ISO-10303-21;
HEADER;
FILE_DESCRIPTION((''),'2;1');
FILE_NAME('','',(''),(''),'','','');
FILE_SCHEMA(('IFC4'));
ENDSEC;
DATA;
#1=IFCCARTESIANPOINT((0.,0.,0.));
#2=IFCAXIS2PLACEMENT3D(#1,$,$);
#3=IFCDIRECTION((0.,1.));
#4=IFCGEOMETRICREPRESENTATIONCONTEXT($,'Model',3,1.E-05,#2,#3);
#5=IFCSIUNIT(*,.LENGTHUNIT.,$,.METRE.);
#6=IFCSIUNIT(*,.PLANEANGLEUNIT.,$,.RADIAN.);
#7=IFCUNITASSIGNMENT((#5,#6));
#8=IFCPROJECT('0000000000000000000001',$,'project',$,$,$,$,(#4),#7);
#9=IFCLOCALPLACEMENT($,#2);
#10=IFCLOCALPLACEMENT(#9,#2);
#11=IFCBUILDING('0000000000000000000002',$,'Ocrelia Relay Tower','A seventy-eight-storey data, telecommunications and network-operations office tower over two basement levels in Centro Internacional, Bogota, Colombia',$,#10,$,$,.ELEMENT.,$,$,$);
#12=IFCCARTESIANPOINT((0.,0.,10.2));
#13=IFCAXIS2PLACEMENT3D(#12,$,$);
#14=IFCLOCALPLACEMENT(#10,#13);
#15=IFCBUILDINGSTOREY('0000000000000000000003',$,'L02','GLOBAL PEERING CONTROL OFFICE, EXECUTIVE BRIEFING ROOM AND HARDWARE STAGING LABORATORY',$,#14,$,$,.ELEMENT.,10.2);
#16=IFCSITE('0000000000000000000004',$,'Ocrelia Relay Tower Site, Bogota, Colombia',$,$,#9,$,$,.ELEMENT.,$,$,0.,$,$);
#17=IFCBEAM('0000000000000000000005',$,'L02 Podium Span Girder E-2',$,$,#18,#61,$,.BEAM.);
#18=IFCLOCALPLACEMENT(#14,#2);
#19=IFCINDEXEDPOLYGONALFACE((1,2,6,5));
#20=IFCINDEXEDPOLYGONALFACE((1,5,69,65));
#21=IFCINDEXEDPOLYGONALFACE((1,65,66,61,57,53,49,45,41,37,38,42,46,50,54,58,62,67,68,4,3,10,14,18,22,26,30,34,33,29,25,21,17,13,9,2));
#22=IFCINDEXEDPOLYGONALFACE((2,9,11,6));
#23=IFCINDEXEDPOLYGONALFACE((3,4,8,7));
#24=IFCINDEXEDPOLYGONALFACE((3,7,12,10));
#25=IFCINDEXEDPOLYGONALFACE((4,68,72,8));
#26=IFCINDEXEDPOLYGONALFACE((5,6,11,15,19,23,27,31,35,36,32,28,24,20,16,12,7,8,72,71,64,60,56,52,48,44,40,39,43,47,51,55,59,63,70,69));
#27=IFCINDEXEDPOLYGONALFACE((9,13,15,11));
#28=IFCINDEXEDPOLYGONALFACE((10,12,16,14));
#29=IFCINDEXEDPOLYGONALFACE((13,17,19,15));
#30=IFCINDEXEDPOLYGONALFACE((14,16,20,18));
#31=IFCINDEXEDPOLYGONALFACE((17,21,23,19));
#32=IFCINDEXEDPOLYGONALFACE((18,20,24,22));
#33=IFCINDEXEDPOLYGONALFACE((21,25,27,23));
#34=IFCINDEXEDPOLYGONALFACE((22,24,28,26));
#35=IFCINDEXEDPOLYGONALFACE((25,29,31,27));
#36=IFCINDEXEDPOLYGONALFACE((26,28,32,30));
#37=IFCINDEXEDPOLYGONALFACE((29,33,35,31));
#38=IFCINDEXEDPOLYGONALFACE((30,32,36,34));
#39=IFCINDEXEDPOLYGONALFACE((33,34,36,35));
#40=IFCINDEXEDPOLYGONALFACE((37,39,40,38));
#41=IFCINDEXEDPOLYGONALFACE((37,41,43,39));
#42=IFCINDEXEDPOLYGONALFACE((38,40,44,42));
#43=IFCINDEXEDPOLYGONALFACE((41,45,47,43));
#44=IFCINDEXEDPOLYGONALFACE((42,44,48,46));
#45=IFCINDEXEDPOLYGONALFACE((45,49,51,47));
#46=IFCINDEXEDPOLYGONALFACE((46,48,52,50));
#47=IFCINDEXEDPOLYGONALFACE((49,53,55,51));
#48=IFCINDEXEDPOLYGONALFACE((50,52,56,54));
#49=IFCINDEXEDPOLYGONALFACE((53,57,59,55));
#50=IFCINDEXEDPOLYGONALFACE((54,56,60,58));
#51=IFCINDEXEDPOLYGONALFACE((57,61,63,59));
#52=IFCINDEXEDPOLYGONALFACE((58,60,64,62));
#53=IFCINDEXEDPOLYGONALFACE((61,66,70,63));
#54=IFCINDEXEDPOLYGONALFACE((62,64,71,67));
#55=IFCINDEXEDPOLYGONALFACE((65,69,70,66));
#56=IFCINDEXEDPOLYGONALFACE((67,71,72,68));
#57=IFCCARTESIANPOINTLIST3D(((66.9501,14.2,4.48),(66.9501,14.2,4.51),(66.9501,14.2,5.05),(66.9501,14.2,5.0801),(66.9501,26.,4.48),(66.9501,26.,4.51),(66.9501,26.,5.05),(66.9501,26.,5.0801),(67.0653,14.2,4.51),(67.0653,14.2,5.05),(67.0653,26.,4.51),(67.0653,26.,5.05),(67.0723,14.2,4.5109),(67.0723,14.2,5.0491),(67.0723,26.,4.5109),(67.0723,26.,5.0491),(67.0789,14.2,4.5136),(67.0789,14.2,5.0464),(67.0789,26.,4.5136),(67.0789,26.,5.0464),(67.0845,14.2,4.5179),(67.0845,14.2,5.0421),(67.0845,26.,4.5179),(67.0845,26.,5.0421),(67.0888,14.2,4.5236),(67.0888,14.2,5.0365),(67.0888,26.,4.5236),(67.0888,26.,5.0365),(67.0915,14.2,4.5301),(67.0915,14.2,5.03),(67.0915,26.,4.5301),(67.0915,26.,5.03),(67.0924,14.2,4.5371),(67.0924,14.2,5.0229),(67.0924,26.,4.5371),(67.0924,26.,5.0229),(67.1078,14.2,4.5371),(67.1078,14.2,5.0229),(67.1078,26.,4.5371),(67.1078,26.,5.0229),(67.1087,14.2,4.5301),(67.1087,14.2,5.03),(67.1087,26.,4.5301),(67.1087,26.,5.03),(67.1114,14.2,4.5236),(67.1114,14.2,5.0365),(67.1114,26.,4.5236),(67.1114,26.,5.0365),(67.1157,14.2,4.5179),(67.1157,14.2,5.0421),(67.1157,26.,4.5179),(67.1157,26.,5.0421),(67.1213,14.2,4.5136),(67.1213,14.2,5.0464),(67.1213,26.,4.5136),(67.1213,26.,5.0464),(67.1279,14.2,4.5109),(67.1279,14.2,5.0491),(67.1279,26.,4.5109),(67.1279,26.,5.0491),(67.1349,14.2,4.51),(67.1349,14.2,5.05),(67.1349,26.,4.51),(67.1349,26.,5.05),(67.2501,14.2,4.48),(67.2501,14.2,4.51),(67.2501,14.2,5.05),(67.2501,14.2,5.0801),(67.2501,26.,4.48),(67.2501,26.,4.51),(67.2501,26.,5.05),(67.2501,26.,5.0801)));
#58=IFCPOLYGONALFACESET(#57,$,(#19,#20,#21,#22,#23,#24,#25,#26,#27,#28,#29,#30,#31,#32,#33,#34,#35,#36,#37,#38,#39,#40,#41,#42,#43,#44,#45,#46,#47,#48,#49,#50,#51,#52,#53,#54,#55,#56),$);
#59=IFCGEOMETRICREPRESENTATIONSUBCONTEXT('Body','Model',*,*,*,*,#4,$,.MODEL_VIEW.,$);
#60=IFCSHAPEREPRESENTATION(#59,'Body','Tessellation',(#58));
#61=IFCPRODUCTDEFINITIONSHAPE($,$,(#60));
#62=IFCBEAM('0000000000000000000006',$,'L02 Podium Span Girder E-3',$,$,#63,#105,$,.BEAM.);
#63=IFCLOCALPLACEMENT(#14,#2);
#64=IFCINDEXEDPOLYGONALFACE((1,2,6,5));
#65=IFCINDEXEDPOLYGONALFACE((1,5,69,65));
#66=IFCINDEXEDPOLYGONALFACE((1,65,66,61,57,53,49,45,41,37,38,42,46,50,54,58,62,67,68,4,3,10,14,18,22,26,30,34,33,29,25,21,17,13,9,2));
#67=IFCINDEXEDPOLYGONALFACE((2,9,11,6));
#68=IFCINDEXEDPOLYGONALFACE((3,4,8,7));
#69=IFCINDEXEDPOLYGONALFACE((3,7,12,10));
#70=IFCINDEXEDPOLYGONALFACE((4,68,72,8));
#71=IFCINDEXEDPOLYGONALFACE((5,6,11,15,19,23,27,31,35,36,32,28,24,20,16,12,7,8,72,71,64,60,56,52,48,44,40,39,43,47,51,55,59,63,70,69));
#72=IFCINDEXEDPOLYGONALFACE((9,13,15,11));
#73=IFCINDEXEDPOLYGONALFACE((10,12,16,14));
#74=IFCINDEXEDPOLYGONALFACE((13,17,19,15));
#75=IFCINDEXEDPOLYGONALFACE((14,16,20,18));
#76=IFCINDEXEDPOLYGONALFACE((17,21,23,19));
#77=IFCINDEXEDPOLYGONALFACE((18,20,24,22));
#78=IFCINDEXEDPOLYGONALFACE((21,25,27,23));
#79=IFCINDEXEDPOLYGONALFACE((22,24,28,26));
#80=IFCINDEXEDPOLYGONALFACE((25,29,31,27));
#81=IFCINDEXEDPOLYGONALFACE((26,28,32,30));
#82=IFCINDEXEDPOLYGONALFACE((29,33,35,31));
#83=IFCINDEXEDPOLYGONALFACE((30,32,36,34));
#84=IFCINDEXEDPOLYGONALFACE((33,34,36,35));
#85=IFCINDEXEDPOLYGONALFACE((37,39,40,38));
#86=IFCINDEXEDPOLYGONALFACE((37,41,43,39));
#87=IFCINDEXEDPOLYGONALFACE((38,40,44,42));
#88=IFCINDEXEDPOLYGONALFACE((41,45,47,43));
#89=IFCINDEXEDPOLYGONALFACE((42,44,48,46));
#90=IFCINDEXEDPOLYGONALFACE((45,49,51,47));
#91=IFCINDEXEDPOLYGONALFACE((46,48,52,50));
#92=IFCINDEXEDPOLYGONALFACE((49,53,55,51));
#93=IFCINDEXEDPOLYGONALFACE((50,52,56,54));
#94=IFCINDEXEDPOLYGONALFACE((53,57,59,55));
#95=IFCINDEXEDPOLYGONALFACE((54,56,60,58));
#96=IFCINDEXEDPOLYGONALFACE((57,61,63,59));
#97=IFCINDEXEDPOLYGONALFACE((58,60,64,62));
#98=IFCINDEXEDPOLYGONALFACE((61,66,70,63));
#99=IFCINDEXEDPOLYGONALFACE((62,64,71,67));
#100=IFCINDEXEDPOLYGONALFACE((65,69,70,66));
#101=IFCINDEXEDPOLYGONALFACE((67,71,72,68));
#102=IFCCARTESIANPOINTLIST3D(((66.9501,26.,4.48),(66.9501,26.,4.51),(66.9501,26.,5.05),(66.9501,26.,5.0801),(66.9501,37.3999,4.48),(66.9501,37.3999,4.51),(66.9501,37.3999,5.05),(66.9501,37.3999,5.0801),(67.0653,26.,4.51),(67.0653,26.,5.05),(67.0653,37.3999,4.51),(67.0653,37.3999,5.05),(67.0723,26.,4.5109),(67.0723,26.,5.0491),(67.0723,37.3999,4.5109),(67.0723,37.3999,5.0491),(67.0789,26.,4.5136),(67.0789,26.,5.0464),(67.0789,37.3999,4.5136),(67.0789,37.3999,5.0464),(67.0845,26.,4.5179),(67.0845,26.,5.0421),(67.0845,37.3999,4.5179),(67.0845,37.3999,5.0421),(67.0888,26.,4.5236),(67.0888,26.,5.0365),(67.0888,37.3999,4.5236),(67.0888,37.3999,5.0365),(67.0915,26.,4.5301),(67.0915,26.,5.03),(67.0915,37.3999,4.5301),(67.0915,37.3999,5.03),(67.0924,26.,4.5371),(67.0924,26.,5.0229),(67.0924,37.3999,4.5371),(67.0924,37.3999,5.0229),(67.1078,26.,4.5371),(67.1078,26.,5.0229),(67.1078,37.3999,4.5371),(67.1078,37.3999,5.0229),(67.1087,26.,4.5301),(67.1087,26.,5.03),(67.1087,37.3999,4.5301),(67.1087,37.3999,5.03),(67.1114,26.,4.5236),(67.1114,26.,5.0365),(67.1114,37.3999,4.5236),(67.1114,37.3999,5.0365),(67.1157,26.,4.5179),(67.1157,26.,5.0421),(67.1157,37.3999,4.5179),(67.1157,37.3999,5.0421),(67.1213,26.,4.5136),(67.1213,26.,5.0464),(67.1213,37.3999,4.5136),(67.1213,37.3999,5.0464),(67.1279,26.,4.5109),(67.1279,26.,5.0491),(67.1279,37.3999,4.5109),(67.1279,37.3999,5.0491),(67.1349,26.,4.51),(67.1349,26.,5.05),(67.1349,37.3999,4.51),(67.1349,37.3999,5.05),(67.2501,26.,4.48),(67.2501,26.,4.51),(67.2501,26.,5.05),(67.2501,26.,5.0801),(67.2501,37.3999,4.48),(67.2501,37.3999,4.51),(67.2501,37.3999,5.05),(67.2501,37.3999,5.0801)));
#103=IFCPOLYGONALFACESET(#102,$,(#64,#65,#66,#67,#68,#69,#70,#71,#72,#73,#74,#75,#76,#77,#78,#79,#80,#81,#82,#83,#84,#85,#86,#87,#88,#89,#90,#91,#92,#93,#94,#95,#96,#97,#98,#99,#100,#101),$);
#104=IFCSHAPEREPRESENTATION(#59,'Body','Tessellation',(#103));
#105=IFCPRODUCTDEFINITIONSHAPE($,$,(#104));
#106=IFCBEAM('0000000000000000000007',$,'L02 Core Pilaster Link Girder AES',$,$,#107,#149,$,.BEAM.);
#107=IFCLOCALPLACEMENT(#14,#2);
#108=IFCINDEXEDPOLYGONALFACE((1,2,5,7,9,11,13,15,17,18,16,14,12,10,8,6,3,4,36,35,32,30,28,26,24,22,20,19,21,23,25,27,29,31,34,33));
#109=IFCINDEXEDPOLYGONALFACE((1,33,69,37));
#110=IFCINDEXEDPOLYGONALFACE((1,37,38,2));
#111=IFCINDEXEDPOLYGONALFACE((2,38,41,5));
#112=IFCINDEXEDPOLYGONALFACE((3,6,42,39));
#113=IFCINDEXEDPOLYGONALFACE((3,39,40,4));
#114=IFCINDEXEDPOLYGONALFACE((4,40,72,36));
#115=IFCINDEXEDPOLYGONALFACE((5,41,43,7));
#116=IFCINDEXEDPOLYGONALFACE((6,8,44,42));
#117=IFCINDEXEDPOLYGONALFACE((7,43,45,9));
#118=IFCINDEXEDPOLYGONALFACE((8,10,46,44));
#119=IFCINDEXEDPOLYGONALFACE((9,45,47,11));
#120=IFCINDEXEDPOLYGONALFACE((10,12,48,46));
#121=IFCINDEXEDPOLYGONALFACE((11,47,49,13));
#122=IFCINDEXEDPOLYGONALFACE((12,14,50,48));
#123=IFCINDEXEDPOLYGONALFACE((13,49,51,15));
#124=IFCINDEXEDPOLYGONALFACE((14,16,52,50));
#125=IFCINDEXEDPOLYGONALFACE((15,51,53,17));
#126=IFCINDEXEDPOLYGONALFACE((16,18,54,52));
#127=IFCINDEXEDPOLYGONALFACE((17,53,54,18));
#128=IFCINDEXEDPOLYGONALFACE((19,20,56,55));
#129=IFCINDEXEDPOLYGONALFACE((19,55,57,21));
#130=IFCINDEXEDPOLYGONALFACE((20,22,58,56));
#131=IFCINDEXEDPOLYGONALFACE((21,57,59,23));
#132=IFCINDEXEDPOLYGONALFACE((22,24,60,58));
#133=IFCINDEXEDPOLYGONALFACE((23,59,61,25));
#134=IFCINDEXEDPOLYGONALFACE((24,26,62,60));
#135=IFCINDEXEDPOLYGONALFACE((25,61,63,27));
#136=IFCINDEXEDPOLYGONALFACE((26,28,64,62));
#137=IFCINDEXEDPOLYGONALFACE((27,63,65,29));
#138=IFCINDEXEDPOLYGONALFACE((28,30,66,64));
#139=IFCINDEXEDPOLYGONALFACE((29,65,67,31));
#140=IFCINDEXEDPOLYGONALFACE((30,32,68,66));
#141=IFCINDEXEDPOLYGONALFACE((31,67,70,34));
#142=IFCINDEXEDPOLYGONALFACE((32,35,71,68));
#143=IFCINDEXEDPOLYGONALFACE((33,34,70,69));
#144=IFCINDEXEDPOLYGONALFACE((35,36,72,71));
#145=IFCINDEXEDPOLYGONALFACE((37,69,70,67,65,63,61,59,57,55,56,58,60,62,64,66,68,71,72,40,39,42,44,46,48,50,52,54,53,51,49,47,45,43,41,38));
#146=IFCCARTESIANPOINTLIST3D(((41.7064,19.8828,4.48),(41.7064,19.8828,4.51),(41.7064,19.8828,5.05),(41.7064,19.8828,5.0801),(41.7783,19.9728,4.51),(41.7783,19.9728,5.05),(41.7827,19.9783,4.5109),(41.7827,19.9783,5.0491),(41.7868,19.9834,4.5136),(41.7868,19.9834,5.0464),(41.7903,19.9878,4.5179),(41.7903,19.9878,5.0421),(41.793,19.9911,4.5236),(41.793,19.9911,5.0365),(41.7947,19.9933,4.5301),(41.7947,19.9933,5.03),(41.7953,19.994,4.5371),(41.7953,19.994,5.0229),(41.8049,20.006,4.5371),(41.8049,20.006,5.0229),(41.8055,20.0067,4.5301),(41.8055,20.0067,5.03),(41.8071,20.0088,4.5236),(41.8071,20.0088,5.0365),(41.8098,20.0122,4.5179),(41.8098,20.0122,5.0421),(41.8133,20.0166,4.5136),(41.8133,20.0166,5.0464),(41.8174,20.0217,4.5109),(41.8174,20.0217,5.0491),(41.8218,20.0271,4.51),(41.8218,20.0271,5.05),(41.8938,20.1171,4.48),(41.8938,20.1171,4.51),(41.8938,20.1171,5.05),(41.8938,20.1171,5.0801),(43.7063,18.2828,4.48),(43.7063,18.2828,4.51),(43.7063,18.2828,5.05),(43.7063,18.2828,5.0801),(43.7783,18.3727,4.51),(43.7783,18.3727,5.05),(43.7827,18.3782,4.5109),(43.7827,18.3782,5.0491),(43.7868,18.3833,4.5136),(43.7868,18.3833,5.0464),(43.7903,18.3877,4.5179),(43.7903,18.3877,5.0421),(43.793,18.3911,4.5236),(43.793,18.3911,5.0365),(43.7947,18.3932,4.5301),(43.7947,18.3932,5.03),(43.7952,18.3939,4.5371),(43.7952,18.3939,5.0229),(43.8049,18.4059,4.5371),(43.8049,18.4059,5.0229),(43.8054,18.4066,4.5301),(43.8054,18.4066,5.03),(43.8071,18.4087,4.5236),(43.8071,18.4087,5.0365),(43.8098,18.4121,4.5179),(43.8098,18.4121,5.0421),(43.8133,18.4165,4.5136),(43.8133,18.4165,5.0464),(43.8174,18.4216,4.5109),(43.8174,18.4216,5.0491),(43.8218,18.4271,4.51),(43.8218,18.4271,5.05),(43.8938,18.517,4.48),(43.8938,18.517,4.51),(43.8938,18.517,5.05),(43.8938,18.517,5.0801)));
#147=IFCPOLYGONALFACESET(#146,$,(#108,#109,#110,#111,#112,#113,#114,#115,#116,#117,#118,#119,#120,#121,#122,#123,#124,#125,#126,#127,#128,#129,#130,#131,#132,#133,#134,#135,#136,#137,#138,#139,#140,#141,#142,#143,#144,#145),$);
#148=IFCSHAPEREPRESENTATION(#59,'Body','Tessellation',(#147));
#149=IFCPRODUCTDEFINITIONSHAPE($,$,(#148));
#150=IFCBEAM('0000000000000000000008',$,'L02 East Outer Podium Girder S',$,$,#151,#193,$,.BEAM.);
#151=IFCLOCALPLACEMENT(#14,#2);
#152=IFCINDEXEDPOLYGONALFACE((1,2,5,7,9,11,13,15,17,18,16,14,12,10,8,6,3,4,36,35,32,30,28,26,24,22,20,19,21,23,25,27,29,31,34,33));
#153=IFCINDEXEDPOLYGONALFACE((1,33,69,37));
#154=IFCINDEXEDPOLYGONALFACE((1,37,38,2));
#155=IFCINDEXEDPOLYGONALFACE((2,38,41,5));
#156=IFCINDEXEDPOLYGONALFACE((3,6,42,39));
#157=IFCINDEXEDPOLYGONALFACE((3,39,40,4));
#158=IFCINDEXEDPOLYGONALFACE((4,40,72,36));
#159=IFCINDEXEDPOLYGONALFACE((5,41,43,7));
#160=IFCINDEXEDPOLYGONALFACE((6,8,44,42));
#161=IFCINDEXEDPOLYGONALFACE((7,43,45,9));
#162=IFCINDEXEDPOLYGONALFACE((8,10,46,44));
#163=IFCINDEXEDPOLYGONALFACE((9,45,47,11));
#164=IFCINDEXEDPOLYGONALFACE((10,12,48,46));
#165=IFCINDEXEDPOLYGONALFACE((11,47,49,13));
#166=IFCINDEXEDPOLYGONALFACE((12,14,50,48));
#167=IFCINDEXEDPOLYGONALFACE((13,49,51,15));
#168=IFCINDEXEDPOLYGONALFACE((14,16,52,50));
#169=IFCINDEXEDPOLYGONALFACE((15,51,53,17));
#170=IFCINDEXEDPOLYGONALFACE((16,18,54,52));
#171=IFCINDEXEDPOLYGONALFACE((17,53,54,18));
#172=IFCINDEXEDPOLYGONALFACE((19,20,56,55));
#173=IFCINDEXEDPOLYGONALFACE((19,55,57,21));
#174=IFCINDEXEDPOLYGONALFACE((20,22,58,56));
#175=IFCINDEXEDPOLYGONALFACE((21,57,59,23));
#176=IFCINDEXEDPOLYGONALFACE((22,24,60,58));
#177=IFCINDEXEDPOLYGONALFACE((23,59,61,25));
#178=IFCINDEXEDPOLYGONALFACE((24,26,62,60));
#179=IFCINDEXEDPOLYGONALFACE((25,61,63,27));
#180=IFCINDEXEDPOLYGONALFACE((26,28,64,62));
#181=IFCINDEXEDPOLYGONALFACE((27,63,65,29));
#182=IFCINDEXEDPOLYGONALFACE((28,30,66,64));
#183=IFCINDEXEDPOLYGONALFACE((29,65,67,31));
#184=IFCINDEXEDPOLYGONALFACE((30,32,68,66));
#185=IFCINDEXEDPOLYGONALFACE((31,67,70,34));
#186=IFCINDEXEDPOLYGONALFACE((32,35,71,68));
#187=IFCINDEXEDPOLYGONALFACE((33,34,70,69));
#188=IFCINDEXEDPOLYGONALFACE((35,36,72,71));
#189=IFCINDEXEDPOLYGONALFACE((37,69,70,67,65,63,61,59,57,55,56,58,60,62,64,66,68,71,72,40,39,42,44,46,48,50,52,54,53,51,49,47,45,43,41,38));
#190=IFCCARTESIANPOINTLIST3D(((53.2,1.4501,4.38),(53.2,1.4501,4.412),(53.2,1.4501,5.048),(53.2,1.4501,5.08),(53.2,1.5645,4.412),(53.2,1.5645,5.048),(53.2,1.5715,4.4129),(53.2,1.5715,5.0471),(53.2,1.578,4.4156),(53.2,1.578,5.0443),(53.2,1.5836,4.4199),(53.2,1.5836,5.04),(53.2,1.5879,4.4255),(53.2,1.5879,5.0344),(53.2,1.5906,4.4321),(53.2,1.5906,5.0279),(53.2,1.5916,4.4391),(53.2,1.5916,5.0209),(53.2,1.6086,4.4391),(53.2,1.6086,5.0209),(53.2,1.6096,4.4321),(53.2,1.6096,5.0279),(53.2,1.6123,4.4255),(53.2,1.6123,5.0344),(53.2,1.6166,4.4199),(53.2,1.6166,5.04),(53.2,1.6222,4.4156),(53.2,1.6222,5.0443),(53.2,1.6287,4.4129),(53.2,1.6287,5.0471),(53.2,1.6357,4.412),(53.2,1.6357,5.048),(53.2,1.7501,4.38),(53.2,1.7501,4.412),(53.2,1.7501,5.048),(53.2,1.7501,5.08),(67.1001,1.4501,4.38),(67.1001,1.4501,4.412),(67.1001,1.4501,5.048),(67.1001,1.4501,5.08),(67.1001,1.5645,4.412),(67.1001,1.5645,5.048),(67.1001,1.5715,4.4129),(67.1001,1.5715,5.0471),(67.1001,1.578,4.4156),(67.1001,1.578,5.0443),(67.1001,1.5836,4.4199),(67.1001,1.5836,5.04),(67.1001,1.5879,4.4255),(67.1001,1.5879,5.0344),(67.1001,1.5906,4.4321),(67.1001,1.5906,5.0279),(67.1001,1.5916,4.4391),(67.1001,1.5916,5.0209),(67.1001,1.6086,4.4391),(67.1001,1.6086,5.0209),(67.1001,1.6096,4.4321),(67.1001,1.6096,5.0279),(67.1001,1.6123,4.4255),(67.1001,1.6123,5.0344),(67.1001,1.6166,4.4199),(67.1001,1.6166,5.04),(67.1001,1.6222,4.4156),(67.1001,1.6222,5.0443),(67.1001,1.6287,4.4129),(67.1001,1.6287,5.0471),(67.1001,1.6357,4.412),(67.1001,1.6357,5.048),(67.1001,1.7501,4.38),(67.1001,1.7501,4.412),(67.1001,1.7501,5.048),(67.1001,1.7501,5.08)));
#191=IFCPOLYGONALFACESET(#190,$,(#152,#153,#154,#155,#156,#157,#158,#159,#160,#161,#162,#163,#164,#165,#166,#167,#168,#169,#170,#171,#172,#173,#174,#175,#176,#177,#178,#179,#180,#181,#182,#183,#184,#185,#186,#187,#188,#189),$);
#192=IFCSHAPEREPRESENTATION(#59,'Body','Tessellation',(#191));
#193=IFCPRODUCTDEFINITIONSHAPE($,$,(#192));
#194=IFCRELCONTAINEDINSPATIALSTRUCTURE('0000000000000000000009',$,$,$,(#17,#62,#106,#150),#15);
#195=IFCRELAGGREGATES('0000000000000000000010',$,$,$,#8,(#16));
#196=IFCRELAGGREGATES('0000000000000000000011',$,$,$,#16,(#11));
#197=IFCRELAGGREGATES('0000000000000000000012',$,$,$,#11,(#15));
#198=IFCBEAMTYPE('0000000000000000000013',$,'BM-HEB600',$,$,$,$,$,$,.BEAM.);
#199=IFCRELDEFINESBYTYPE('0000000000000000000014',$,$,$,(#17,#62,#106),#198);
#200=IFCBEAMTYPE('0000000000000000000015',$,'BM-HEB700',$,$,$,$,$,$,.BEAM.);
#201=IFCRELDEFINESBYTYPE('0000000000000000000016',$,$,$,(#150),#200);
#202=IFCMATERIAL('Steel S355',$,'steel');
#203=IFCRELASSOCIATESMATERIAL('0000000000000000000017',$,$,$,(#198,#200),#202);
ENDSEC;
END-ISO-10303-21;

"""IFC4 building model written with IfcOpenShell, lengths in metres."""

from ifc_helpers import new_model, si_unit, direction, frame, origin, origin_2d, place, context, subcontext, project, spatial, i_section, extrude, material, material_profile, profile_set, type_object, element, save


model = new_model("IFC4")

# Units and contexts
model_context = context("Model", 3, precision=1e-05, world=origin(), true_north=direction((0.0, 1.0)))
body_context = subcontext(model_context, "Body", "Model", "MODEL_VIEW")
ifc_project = project(units=[si_unit("LENGTHUNIT", "METRE"), si_unit("PLANEANGLEUNIT", "RADIAN")], contexts=[model_context])

# Site, building, storey
site_placement = place(None, origin())
site = spatial("IfcSite", under=ifc_project, at=site_placement, Name="Ocrelia Relay Tower Site, Bogota, Colombia", CompositionType="ELEMENT", RefElevation=0.0)
building_placement = place(site_placement, origin())
building = spatial("IfcBuilding", under=site, at=building_placement, Name="Ocrelia Relay Tower", Description="A seventy-eight-storey data, telecommunications and network-operations office tower over two basement levels in Centro Internacional, Bogota, Colombia", CompositionType="ELEMENT")
storey_placement = place(building_placement, frame((0.0, 0.0, 10.2)))
storey = spatial("IfcBuildingStorey", under=building, at=storey_placement, Name="L02", Description="GLOBAL PEERING CONTROL OFFICE, EXECUTIVE BRIEFING ROOM AND HARDWARE STAGING LABORATORY", CompositionType="ELEMENT", Elevation=10.2)

# Beams
ifc_material_1 = material(Name="Steel S355", Category="steel")
ifc_material_profile_1 = material_profile(ifc_material_1, i_section(OverallWidth=0.3, OverallDepth=0.6001, WebThickness=0.0154, FlangeThickness=0.03, FilletRadius=0.0271, at=origin_2d()), Name="HEB 600")
ifc_profile_set_1 = profile_set([ifc_material_profile_1], Name="Steel S355")
beam_type_1 = type_object("IfcBeamType", Name="BM-HEB600", PredefinedType="BEAM", material=ifc_profile_set_1)
beam_1_placement = place(storey_placement, frame((67.1001, 14.2, 4.78), z_axis=(0.0, 1.0, 0.0), x_axis=(-1.0, 0.0, 0.0)))
element("IfcBeam", 1, at=beam_1_placement, inside=storey, type_object=beam_type_1, Name="L02 Podium Span Girder E-2", PredefinedType="BEAM", context=body_context, shape_type="SweptSolid", body=[
    extrude(i_section(OverallWidth=0.3, OverallDepth=0.6001, WebThickness=0.0154, FlangeThickness=0.03, FilletRadius=0.0271, at=origin_2d()), origin(), (0.0, 0.0, 1.0), 11.8),
])
beam_2_placement = place(storey_placement, frame((67.1001, 26.0, 4.78), z_axis=(0.0, 1.0, 0.0), x_axis=(-1.0, 0.0, 0.0)))
element("IfcBeam", 2, at=beam_2_placement, inside=storey, type_object=beam_type_1, Name="L02 Podium Span Girder E-3", PredefinedType="BEAM", context=body_context, shape_type="SweptSolid", body=[
    extrude(i_section(OverallWidth=0.3, OverallDepth=0.6001, WebThickness=0.0154, FlangeThickness=0.03, FilletRadius=0.0271, at=origin_2d()), origin(), (0.0, 0.0, 1.0), 11.3999),
])
beam_3_placement = place(storey_placement, frame((43.8, 18.3999, 4.78), z_axis=(-0.78085, 0.624718, 0.0), x_axis=(-0.624718, -0.78085, 0.0)))
element("IfcBeam", 3, at=beam_3_placement, inside=storey, type_object=beam_type_1, Name="L02 Core Pilaster Link Girder AES", PredefinedType="BEAM", context=body_context, shape_type="SweptSolid", body=[
    extrude(i_section(OverallWidth=0.3, OverallDepth=0.6001, WebThickness=0.0154, FlangeThickness=0.03, FilletRadius=0.0271, at=origin_2d()), origin(), (0.0, 0.0, 1.0), 2.5613),
])
ifc_material_profile_2 = material_profile(ifc_material_1, i_section(OverallWidth=0.3, OverallDepth=0.7, WebThickness=0.0171, FlangeThickness=0.032, FilletRadius=0.0271, at=origin_2d()), Name="HEB 700")
ifc_profile_set_2 = profile_set([ifc_material_profile_2], Name="Steel S355")
beam_type_2 = type_object("IfcBeamType", Name="BM-HEB700", PredefinedType="BEAM", material=ifc_profile_set_2)
for number, where, z_axis, x_axis, name in (
    (4, (53.2, 1.6001, 4.73), (1.0, 0.0, 0.0), (0.0, 1.0, 0.0), "L02 East Outer Podium Girder S"),
):
    element("IfcBeam", number, at=place(storey_placement, frame(where, z_axis=z_axis, x_axis=x_axis)), inside=storey, type_object=beam_type_2, Name=name, PredefinedType="BEAM", context=body_context, shape_type="SweptSolid", body=[
        extrude(i_section(OverallWidth=0.3, OverallDepth=0.7, WebThickness=0.0171, FlangeThickness=0.032, FilletRadius=0.0271, at=origin_2d()), origin(), (0.0, 0.0, 1.0), 13.9001),
    ])

save(model, "model.ifc")
